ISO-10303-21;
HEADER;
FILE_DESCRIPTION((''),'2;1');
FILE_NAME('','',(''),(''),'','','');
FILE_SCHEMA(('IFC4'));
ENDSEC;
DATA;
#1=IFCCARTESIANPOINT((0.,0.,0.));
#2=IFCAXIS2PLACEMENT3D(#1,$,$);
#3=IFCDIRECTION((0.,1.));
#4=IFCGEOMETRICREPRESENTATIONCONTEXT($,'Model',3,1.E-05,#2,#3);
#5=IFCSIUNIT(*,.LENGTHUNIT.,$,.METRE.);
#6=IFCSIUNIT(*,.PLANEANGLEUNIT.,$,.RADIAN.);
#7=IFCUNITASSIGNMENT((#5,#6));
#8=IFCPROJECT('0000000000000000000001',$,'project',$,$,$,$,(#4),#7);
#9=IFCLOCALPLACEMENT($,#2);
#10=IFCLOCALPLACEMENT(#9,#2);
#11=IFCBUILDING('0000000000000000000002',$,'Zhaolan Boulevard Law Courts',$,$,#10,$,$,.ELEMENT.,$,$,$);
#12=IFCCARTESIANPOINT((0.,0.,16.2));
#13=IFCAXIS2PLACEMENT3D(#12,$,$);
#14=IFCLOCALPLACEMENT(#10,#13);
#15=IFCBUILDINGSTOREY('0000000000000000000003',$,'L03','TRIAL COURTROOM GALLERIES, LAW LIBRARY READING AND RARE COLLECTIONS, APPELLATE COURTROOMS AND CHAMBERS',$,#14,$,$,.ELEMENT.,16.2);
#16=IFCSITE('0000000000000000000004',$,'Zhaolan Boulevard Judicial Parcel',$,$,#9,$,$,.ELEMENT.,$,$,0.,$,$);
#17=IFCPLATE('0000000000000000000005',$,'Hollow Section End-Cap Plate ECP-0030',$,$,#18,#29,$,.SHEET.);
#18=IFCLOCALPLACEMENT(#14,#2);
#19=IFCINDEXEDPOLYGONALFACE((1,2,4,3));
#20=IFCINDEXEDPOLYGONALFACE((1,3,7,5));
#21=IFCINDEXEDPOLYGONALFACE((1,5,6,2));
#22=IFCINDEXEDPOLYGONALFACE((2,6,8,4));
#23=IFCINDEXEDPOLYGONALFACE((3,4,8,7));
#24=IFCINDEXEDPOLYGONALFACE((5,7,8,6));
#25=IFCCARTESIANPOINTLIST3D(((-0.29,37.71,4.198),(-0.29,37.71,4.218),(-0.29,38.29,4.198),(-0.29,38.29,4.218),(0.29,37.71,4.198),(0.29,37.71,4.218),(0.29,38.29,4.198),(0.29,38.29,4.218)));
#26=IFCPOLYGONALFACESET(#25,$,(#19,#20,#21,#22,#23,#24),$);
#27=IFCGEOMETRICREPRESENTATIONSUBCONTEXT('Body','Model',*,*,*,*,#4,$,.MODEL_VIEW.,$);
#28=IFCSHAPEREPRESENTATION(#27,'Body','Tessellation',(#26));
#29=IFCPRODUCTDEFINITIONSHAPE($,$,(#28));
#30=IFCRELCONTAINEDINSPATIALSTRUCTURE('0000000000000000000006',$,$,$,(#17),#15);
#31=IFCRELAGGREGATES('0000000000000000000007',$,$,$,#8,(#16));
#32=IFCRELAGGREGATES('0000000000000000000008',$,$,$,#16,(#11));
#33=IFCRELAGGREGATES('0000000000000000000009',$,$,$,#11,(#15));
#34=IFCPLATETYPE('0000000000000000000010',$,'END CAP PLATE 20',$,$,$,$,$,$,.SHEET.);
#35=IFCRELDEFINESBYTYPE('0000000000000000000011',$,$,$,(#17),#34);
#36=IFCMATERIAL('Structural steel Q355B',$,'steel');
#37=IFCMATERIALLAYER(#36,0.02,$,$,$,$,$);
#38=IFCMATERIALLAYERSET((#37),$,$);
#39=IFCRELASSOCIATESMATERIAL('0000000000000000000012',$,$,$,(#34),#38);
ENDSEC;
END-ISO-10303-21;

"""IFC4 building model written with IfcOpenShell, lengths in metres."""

from ifc_helpers import new_model, si_unit, direction, frame, origin, origin_2d, place, context, subcontext, project, spatial, rectangle, extrude, material, layer, layer_set, type_object, element, save


model = new_model("IFC4")

# Units and contexts
model_context = context("Model", 3, precision=1e-05, world=origin(), true_north=direction((0.0, 1.0)))
body_context = subcontext(model_context, "Body", "Model", "MODEL_VIEW")
ifc_project = project(units=[si_unit("LENGTHUNIT", "METRE"), si_unit("PLANEANGLEUNIT", "RADIAN")], contexts=[model_context])

# Site, building, storey
site_placement = place(None, origin())
site = spatial("IfcSite", under=ifc_project, at=site_placement, Name="Zhaolan Boulevard Judicial Parcel", CompositionType="ELEMENT", RefElevation=0.0)
building_placement = place(site_placement, origin())
building = spatial("IfcBuilding", under=site, at=building_placement, Name="Zhaolan Boulevard Law Courts", CompositionType="ELEMENT")
storey_placement = place(building_placement, frame((0.0, 0.0, 16.2)))
storey = spatial("IfcBuildingStorey", under=building, at=storey_placement, Name="L03", Description="TRIAL COURTROOM GALLERIES, LAW LIBRARY READING AND RARE COLLECTIONS, APPELLATE COURTROOMS AND CHAMBERS", CompositionType="ELEMENT", Elevation=16.2)

# Plate
ifc_material_1 = material(Name="Structural steel Q355B", Category="steel")
ifc_layer_1 = layer(ifc_material_1, 0.02)
ifc_layer_set_1 = layer_set([ifc_layer_1])
plate_type_1 = type_object("IfcPlateType", Name="END CAP PLATE 20", PredefinedType="SHEET", material=ifc_layer_set_1)
for number, where, z_axis, x_axis, name in (
    (1, (0.0, 38.0, 4.198), (0.0, 0.0, 1.0), (1.0, 0.0, 0.0), "Hollow Section End-Cap Plate ECP-0030"),
):
    element("IfcPlate", number, at=place(storey_placement, frame(where, z_axis=z_axis, x_axis=x_axis)), inside=storey, type_object=plate_type_1, Name=name, PredefinedType="SHEET", context=body_context, shape_type="SweptSolid", body=[
        extrude(rectangle(XDim=0.5801, YDim=0.5801, at=origin_2d()), origin(), (0.0, 0.0, 1.0), 0.02),
    ])

save(model, "model.ifc")
